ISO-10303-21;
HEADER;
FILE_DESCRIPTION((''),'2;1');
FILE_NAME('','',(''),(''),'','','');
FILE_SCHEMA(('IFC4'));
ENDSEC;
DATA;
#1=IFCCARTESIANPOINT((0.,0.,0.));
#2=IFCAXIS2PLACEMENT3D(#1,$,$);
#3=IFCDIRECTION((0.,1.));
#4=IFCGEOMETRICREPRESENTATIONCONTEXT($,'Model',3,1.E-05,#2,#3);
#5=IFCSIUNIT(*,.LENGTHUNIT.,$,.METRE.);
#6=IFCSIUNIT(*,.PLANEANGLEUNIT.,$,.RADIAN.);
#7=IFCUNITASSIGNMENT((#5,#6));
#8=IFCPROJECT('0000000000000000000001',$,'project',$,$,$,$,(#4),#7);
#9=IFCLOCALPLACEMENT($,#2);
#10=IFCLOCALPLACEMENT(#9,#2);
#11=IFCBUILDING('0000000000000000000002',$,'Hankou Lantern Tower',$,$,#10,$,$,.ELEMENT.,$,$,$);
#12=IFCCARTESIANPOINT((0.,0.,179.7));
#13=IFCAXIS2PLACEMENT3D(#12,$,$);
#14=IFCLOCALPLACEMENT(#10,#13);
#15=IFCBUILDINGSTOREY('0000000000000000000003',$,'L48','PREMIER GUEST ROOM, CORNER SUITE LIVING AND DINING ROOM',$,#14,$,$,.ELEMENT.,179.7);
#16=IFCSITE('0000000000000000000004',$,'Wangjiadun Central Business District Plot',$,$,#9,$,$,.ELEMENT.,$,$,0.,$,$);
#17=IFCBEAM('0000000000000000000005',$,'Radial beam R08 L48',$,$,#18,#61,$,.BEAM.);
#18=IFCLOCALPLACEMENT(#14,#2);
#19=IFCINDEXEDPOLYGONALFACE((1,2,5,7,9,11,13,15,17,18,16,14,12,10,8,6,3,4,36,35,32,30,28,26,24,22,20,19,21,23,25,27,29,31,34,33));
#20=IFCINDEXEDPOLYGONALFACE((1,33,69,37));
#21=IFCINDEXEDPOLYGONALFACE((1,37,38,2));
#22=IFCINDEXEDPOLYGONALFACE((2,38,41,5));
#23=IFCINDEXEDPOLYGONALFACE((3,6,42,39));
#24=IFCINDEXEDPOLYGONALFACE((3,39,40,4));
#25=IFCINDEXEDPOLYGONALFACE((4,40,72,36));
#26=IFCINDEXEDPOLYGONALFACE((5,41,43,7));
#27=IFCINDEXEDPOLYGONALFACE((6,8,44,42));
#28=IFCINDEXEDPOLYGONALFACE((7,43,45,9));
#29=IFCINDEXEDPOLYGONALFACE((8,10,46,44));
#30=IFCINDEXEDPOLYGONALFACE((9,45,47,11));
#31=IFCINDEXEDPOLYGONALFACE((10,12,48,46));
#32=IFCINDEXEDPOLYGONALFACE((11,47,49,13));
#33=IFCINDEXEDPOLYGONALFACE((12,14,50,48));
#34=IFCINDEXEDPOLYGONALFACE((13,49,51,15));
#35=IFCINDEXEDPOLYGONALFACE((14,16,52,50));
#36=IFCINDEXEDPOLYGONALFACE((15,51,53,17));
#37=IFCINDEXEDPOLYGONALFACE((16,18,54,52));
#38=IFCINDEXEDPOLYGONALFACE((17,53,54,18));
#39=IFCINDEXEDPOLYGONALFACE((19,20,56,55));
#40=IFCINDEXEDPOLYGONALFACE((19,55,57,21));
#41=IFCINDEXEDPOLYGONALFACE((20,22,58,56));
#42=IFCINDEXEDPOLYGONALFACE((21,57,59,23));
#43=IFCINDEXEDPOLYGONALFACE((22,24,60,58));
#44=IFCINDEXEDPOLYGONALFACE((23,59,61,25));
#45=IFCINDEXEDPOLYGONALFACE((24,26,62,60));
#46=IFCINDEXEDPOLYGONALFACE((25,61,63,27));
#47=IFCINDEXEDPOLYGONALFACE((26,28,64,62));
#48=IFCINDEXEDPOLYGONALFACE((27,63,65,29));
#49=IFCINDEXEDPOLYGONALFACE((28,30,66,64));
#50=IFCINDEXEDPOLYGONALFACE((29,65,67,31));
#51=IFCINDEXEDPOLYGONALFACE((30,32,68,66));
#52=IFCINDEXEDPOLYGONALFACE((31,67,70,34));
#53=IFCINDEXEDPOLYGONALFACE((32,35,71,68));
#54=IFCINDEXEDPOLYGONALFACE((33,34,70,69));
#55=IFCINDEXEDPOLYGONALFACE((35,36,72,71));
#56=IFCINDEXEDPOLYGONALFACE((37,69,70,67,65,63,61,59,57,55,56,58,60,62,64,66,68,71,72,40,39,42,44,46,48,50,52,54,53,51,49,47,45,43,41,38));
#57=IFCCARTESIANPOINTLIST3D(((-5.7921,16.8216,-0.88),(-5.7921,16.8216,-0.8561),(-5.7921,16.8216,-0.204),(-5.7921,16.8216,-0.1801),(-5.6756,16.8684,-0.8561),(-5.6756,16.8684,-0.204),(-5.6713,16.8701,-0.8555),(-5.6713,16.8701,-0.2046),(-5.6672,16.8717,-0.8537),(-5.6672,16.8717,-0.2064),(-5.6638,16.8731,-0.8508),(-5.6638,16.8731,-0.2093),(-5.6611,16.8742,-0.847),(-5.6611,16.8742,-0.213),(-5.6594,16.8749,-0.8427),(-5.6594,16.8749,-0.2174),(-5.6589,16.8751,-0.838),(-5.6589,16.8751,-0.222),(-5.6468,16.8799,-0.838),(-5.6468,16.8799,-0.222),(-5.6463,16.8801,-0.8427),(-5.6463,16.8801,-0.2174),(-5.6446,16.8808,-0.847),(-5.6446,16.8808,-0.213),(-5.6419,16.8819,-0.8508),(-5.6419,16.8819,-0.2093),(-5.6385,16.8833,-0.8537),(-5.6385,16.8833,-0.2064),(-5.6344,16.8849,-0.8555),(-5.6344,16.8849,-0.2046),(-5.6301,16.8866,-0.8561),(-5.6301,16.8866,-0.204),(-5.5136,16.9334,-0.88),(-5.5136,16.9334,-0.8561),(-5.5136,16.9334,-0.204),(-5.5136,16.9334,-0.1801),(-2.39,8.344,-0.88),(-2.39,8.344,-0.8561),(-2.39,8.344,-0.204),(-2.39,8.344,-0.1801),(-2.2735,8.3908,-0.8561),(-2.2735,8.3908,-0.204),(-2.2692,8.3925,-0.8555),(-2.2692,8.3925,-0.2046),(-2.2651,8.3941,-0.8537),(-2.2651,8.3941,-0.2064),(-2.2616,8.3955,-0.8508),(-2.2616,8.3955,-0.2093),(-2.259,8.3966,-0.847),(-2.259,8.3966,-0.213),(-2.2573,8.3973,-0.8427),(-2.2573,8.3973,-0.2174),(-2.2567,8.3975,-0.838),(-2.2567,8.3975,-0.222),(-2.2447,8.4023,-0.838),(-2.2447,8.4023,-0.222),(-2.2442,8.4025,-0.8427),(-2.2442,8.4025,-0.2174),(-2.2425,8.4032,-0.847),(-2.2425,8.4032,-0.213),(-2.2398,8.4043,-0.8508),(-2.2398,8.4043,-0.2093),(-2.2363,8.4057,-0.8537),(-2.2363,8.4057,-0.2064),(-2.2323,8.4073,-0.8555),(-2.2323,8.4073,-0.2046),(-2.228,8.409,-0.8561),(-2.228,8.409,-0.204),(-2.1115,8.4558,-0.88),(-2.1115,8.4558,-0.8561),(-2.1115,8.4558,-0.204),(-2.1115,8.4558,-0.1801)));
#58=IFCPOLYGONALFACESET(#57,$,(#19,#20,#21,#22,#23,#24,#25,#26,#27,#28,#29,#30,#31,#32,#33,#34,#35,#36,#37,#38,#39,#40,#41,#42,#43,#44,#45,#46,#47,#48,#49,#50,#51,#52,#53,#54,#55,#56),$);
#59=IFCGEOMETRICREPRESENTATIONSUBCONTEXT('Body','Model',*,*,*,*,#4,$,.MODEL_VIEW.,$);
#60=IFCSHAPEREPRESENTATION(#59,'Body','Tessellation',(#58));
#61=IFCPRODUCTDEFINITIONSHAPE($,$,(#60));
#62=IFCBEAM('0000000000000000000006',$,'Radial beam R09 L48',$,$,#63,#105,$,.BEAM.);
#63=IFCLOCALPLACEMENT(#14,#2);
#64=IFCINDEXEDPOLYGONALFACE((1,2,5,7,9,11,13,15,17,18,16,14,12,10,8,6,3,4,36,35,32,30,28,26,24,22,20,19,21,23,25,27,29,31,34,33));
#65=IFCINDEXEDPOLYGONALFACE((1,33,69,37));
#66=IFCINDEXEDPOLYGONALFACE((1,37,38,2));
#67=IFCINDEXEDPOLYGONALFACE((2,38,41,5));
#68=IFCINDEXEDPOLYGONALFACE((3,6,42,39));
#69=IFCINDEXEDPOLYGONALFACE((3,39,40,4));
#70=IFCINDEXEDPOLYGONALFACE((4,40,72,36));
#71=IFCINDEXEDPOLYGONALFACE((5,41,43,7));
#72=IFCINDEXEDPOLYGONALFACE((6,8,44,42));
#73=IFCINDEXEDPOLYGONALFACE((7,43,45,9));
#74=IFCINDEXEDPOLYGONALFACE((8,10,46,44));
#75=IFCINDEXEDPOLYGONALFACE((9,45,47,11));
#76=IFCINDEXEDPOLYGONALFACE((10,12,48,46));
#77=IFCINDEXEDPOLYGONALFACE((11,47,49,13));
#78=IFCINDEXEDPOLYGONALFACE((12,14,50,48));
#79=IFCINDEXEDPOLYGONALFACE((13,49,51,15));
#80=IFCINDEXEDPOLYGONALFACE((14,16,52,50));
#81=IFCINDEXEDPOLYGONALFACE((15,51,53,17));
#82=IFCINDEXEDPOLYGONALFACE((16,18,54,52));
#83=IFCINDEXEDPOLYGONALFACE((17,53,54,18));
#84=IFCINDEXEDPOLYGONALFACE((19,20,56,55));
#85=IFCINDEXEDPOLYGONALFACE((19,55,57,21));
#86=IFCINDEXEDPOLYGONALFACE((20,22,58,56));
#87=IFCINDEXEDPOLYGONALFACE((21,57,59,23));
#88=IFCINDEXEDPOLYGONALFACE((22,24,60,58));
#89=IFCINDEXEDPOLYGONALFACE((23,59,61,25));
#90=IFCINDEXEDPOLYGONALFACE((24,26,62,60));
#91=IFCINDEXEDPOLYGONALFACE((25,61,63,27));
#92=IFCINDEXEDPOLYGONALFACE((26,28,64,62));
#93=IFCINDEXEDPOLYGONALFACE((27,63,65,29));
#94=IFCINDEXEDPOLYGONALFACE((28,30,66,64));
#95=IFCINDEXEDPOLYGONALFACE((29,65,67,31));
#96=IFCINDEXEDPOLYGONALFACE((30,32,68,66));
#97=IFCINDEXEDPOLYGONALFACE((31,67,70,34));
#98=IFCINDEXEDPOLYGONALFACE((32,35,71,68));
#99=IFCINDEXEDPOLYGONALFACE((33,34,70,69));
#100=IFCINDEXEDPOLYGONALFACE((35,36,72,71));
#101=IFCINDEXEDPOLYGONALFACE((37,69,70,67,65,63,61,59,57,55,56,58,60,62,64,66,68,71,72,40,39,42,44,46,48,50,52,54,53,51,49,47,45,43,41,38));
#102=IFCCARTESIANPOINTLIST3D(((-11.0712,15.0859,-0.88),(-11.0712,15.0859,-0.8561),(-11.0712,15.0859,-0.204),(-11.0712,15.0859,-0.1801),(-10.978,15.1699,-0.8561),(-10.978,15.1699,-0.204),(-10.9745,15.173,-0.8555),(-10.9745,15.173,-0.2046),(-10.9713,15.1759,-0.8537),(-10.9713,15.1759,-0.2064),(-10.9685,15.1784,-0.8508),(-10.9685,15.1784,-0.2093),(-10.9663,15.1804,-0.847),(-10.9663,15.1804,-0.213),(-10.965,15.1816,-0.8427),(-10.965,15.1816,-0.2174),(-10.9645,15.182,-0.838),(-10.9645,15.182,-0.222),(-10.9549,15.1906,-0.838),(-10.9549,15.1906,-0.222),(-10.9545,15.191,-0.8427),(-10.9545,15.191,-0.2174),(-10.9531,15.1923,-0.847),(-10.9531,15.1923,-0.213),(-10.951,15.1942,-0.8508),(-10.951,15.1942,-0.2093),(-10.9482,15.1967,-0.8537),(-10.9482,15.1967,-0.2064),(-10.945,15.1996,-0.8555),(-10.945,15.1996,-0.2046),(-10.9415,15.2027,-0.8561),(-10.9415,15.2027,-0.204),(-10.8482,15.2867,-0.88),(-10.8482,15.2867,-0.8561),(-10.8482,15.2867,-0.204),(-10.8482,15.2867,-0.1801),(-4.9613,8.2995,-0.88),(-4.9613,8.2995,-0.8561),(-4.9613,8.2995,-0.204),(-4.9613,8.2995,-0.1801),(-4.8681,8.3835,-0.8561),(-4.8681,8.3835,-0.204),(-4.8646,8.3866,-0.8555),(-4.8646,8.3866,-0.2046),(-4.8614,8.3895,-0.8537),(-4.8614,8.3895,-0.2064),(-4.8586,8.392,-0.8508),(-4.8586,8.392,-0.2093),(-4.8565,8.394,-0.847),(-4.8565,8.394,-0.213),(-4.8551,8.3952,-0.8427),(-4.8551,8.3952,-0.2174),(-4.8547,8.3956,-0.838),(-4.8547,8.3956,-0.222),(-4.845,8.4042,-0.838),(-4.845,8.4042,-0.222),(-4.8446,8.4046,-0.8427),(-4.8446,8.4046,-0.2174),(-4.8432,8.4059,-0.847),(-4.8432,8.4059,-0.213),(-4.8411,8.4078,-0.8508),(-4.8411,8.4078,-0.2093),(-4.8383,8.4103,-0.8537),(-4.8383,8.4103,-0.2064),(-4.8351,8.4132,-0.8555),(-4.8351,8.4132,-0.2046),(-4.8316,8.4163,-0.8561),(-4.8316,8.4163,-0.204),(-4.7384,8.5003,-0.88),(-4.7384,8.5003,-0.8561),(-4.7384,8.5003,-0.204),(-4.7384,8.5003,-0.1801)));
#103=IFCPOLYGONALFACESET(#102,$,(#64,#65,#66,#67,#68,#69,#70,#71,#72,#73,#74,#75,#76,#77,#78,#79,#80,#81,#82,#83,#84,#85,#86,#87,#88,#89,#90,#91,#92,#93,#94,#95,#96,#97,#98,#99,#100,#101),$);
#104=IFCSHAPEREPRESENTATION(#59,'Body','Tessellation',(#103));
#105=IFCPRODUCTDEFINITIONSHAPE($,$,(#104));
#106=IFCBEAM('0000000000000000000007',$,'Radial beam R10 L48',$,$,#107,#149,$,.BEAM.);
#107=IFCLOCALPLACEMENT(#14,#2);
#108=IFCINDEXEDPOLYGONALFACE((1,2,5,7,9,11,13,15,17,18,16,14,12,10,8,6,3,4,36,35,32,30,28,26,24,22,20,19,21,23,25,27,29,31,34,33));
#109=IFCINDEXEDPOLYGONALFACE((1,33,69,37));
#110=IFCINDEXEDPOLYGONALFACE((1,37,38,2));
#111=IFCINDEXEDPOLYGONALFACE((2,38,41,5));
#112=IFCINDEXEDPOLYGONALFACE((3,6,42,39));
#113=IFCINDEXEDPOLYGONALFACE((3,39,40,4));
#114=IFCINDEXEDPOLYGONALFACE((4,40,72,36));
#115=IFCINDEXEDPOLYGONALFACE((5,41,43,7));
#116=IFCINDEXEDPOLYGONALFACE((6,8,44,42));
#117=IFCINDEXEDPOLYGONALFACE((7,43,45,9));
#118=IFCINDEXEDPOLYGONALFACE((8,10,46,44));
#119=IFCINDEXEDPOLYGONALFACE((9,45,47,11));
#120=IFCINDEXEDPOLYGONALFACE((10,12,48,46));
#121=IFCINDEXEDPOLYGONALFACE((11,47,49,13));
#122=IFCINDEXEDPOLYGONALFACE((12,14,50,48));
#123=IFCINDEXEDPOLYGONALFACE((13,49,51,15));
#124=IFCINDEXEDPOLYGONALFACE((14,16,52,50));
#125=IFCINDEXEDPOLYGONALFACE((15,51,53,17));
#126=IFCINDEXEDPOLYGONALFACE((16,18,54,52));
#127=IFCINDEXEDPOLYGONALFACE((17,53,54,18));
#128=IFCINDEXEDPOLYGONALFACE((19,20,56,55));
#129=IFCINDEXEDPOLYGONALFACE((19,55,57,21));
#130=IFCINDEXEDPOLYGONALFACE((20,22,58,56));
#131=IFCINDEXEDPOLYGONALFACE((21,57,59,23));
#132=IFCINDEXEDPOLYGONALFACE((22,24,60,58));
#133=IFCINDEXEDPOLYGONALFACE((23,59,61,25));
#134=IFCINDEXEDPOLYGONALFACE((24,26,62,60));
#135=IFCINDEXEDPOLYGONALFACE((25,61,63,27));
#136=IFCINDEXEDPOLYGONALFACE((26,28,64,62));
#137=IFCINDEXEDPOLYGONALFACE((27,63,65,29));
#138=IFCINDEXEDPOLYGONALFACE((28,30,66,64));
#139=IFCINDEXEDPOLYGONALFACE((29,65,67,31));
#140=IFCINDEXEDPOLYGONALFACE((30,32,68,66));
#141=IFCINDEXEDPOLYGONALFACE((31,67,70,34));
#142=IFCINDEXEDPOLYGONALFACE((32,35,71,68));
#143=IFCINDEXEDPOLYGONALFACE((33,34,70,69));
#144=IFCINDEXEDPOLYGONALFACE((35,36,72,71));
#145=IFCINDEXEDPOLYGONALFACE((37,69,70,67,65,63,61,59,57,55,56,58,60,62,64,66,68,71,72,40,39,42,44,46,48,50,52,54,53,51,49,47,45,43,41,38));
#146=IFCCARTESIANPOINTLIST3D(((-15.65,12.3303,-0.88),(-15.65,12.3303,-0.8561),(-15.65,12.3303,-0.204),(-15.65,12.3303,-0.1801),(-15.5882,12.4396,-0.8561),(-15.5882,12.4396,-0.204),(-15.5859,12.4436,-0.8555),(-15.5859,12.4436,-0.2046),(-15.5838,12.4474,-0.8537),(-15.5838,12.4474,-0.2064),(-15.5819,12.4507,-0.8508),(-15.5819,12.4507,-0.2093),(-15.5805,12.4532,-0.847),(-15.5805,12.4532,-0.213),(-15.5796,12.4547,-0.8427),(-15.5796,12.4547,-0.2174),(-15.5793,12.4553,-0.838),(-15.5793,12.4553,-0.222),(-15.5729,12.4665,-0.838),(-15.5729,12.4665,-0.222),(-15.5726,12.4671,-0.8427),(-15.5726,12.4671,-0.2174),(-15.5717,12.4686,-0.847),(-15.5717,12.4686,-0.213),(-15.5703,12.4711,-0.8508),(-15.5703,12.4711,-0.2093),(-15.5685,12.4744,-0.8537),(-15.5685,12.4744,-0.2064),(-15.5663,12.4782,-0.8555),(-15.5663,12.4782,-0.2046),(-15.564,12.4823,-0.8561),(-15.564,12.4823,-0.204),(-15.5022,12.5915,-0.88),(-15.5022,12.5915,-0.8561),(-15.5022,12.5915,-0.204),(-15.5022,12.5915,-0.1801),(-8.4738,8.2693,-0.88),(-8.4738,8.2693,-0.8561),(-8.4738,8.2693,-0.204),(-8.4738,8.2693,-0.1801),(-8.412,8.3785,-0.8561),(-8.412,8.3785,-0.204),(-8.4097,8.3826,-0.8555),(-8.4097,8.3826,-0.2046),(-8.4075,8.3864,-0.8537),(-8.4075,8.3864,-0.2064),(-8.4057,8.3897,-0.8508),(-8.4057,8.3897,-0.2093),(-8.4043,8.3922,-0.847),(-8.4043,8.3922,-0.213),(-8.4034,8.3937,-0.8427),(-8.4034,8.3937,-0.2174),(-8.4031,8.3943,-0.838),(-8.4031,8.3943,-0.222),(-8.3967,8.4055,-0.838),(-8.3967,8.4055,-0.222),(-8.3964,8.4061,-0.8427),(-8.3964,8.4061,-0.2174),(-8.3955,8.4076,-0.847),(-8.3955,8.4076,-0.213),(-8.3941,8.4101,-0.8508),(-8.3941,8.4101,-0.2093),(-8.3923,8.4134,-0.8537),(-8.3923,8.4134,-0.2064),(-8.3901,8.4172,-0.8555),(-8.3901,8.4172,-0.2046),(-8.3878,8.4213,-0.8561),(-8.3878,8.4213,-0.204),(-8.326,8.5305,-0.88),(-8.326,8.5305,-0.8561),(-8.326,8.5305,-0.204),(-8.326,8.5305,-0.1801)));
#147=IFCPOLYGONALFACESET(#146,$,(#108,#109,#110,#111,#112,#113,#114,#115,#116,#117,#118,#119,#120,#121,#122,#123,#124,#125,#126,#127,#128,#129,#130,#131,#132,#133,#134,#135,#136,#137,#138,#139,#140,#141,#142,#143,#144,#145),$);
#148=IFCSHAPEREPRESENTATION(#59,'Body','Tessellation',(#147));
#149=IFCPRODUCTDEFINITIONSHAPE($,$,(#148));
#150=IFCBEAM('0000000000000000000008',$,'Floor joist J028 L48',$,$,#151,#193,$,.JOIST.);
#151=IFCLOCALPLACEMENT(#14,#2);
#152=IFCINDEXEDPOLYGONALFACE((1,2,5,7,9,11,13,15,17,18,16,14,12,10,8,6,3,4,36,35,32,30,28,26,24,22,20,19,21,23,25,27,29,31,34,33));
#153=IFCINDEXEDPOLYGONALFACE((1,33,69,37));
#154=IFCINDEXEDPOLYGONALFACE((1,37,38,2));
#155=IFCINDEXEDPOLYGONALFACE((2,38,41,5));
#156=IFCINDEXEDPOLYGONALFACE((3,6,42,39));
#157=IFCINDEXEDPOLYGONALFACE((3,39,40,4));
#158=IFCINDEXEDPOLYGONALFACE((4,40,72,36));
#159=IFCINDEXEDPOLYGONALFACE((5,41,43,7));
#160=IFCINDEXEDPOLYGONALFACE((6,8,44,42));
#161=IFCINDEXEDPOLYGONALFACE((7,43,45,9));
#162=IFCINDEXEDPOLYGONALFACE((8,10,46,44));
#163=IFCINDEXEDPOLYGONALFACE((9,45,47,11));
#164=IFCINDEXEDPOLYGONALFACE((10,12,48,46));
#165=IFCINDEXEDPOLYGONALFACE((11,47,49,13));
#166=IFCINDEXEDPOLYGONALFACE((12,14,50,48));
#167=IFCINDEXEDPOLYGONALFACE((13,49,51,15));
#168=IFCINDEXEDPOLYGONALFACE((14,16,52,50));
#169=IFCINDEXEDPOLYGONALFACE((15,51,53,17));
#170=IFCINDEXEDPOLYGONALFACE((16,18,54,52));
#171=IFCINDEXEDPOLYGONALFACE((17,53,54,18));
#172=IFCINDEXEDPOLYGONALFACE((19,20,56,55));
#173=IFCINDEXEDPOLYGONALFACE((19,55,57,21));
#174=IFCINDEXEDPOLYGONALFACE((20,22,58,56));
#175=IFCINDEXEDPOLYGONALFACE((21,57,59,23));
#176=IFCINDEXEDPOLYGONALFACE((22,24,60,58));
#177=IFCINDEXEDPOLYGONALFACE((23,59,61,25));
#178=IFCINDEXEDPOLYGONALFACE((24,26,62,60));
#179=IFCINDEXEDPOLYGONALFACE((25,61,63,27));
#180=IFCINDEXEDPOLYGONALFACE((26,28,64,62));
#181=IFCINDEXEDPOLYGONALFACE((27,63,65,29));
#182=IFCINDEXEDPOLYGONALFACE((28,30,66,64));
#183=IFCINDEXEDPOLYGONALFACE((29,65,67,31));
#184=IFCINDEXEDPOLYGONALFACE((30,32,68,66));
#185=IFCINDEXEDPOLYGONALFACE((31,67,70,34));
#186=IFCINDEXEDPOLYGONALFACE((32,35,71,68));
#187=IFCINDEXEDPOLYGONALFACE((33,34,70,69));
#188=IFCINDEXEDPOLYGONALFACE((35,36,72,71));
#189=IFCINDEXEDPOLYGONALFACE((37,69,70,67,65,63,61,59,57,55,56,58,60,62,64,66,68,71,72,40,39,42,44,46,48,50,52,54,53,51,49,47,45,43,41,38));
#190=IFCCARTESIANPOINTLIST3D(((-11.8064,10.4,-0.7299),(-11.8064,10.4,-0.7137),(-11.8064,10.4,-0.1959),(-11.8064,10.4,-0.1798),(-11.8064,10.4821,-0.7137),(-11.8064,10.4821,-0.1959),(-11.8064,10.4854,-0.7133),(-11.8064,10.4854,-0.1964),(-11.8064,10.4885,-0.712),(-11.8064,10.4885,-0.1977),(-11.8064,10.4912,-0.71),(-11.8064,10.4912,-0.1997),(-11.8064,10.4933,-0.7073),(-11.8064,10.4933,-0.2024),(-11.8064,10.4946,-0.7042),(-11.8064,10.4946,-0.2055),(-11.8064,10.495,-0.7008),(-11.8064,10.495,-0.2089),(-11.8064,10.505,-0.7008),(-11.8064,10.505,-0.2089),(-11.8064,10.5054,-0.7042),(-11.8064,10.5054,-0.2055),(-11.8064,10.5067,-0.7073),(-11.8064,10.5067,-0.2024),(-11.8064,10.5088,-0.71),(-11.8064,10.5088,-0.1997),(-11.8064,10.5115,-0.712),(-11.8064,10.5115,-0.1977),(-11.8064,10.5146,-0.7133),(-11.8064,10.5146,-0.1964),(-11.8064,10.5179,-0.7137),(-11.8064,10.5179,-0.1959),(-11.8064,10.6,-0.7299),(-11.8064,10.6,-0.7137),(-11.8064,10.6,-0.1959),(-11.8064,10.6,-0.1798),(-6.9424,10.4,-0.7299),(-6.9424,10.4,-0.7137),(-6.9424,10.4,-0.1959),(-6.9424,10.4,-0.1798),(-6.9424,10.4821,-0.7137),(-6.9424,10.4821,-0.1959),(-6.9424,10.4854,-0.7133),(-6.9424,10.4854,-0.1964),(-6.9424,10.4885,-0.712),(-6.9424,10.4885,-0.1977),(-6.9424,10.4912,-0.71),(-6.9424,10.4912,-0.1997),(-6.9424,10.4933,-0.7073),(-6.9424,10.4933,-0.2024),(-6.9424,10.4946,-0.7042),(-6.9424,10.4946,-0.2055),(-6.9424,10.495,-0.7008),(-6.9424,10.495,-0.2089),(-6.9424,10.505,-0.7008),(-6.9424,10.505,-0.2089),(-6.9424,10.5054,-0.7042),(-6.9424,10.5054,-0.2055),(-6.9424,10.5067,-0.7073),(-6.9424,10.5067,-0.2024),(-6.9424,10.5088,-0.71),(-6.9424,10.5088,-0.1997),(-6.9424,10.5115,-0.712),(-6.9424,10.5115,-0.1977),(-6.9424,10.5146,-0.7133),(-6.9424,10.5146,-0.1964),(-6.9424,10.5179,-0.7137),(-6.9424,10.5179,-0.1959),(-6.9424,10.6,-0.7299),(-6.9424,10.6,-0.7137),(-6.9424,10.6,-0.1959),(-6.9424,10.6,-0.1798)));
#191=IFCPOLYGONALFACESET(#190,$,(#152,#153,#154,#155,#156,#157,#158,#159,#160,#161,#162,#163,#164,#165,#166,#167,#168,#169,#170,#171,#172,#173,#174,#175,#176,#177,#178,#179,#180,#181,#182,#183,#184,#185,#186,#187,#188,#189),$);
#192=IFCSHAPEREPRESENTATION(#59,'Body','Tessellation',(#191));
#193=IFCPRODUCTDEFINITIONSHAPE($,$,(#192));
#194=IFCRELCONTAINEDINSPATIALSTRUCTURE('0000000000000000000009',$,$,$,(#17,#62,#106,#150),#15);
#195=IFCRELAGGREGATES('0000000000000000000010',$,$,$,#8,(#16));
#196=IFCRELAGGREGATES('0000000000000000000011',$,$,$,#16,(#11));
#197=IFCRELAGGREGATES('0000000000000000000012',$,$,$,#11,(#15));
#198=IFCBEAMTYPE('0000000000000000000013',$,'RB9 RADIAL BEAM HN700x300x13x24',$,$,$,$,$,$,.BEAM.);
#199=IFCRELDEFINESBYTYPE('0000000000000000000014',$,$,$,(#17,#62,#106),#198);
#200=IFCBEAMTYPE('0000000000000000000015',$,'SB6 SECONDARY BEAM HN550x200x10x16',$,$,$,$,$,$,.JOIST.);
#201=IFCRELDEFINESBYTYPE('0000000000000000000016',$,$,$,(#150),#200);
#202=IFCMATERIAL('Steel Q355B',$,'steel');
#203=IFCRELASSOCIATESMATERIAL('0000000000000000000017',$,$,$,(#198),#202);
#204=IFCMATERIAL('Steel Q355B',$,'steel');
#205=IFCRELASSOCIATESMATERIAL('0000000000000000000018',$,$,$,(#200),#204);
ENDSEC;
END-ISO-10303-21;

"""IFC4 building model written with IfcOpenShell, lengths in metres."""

from ifc_helpers import new_model, si_unit, direction, frame, origin, origin_2d, place, context, subcontext, project, spatial, i_section, extrude, material, material_profile, profile_set, type_object, element, save


model = new_model("IFC4")

# Units and contexts
model_context = context("Model", 3, precision=1e-05, world=origin(), true_north=direction((0.0, 1.0)))
body_context = subcontext(model_context, "Body", "Model", "MODEL_VIEW")
ifc_project = project(units=[si_unit("LENGTHUNIT", "METRE"), si_unit("PLANEANGLEUNIT", "RADIAN")], contexts=[model_context])

# Site, building, storey
site_placement = place(None, origin())
site = spatial("IfcSite", under=ifc_project, at=site_placement, Name="Wangjiadun Central Business District Plot", CompositionType="ELEMENT", RefElevation=0.0)
building_placement = place(site_placement, origin())
building = spatial("IfcBuilding", under=site, at=building_placement, Name="Hankou Lantern Tower", CompositionType="ELEMENT")
storey_placement = place(building_placement, frame((0.0, 0.0, 179.7)))
storey = spatial("IfcBuildingStorey", under=building, at=storey_placement, Name="L48", Description="PREMIER GUEST ROOM, CORNER SUITE LIVING AND DINING ROOM", CompositionType="ELEMENT", Elevation=179.7)

# Beams
ifc_material_1 = material(Name="Steel Q355B", Category="steel")
ifc_material_profile_1 = material_profile(ifc_material_1, i_section(OverallWidth=0.3, OverallDepth=0.7, WebThickness=0.0129, FlangeThickness=0.0239, FilletRadius=0.0181, at=origin_2d()), Name="HN700x300x13x24")
ifc_profile_set_1 = profile_set([ifc_material_profile_1], Name="Steel Q355B")
beam_type_1 = type_object("IfcBeamType", Name="RB9 RADIAL BEAM HN700x300x13x24", PredefinedType="BEAM", material=ifc_profile_set_1)
beam_1_placement = place(storey_placement, frame((-2.2507, 8.3999, -0.53), z_axis=(-0.372436, 0.928058, 0.0), x_axis=(-0.928058, -0.372436, 0.0)))
element("IfcBeam", 1, at=beam_1_placement, inside=storey, type_object=beam_type_1, Name="Radial beam R08 L48", PredefinedType="BEAM", context=body_context, shape_type="SweptSolid", body=[
    extrude(i_section(OverallWidth=0.3, OverallDepth=0.7, WebThickness=0.0129, FlangeThickness=0.0239, FilletRadius=0.0181, at=origin_2d()), origin(), (0.0, 0.0, 1.0), 9.1348),
])
beam_2_placement = place(storey_placement, frame((-4.8499, 8.3999, -0.53), z_axis=(-0.669093, 0.743178, 0.0), x_axis=(-0.743178, -0.669093, 0.0)))
element("IfcBeam", 2, at=beam_2_placement, inside=storey, type_object=beam_type_1, Name="Radial beam R09 L48", PredefinedType="BEAM", context=body_context, shape_type="SweptSolid", body=[
    extrude(i_section(OverallWidth=0.3, OverallDepth=0.7, WebThickness=0.0129, FlangeThickness=0.0239, FilletRadius=0.0181, at=origin_2d()), origin(), (0.0, 0.0, 1.0), 9.1316),
])
beam_3_placement = place(storey_placement, frame((-8.3999, 8.3999, -0.53), z_axis=(-0.870309, 0.492506, 0.0), x_axis=(-0.492506, -0.870309, 0.0)))
element("IfcBeam", 3, at=beam_3_placement, inside=storey, type_object=beam_type_1, Name="Radial beam R10 L48", PredefinedType="BEAM", context=body_context, shape_type="SweptSolid", body=[
    extrude(i_section(OverallWidth=0.3, OverallDepth=0.7, WebThickness=0.0129, FlangeThickness=0.0239, FilletRadius=0.0181, at=origin_2d()), origin(), (0.0, 0.0, 1.0), 8.2456),
])
ifc_material_2 = material(Name="Steel Q355B", Category="steel")
ifc_material_profile_2 = material_profile(ifc_material_2, i_section(OverallWidth=0.2, OverallDepth=0.55, WebThickness=0.01, FlangeThickness=0.0161, FilletRadius=0.0129, at=origin_2d()), Name="HN550x200x10x16")
ifc_profile_set_2 = profile_set([ifc_material_profile_2], Name="Steel Q355B")
beam_type_2 = type_object("IfcBeamType", Name="SB6 SECONDARY BEAM HN550x200x10x16", PredefinedType="JOIST", material=ifc_profile_set_2)
beam_4_placement = place(storey_placement, frame((-11.8064, 10.5, -0.4548), z_axis=(1.0, 0.0, 0.0), x_axis=(0.0, 1.0, 0.0)))
element("IfcBeam", 4, at=beam_4_placement, inside=storey, type_object=beam_type_2, Name="Floor joist J028 L48", PredefinedType="JOIST", context=body_context, shape_type="SweptSolid", body=[
    extrude(i_section(OverallWidth=0.2, OverallDepth=0.55, WebThickness=0.01, FlangeThickness=0.0161, FilletRadius=0.0129, at=origin_2d()), origin(), (0.0, 0.0, 1.0), 4.864),
])

save(model, "model.ifc")
